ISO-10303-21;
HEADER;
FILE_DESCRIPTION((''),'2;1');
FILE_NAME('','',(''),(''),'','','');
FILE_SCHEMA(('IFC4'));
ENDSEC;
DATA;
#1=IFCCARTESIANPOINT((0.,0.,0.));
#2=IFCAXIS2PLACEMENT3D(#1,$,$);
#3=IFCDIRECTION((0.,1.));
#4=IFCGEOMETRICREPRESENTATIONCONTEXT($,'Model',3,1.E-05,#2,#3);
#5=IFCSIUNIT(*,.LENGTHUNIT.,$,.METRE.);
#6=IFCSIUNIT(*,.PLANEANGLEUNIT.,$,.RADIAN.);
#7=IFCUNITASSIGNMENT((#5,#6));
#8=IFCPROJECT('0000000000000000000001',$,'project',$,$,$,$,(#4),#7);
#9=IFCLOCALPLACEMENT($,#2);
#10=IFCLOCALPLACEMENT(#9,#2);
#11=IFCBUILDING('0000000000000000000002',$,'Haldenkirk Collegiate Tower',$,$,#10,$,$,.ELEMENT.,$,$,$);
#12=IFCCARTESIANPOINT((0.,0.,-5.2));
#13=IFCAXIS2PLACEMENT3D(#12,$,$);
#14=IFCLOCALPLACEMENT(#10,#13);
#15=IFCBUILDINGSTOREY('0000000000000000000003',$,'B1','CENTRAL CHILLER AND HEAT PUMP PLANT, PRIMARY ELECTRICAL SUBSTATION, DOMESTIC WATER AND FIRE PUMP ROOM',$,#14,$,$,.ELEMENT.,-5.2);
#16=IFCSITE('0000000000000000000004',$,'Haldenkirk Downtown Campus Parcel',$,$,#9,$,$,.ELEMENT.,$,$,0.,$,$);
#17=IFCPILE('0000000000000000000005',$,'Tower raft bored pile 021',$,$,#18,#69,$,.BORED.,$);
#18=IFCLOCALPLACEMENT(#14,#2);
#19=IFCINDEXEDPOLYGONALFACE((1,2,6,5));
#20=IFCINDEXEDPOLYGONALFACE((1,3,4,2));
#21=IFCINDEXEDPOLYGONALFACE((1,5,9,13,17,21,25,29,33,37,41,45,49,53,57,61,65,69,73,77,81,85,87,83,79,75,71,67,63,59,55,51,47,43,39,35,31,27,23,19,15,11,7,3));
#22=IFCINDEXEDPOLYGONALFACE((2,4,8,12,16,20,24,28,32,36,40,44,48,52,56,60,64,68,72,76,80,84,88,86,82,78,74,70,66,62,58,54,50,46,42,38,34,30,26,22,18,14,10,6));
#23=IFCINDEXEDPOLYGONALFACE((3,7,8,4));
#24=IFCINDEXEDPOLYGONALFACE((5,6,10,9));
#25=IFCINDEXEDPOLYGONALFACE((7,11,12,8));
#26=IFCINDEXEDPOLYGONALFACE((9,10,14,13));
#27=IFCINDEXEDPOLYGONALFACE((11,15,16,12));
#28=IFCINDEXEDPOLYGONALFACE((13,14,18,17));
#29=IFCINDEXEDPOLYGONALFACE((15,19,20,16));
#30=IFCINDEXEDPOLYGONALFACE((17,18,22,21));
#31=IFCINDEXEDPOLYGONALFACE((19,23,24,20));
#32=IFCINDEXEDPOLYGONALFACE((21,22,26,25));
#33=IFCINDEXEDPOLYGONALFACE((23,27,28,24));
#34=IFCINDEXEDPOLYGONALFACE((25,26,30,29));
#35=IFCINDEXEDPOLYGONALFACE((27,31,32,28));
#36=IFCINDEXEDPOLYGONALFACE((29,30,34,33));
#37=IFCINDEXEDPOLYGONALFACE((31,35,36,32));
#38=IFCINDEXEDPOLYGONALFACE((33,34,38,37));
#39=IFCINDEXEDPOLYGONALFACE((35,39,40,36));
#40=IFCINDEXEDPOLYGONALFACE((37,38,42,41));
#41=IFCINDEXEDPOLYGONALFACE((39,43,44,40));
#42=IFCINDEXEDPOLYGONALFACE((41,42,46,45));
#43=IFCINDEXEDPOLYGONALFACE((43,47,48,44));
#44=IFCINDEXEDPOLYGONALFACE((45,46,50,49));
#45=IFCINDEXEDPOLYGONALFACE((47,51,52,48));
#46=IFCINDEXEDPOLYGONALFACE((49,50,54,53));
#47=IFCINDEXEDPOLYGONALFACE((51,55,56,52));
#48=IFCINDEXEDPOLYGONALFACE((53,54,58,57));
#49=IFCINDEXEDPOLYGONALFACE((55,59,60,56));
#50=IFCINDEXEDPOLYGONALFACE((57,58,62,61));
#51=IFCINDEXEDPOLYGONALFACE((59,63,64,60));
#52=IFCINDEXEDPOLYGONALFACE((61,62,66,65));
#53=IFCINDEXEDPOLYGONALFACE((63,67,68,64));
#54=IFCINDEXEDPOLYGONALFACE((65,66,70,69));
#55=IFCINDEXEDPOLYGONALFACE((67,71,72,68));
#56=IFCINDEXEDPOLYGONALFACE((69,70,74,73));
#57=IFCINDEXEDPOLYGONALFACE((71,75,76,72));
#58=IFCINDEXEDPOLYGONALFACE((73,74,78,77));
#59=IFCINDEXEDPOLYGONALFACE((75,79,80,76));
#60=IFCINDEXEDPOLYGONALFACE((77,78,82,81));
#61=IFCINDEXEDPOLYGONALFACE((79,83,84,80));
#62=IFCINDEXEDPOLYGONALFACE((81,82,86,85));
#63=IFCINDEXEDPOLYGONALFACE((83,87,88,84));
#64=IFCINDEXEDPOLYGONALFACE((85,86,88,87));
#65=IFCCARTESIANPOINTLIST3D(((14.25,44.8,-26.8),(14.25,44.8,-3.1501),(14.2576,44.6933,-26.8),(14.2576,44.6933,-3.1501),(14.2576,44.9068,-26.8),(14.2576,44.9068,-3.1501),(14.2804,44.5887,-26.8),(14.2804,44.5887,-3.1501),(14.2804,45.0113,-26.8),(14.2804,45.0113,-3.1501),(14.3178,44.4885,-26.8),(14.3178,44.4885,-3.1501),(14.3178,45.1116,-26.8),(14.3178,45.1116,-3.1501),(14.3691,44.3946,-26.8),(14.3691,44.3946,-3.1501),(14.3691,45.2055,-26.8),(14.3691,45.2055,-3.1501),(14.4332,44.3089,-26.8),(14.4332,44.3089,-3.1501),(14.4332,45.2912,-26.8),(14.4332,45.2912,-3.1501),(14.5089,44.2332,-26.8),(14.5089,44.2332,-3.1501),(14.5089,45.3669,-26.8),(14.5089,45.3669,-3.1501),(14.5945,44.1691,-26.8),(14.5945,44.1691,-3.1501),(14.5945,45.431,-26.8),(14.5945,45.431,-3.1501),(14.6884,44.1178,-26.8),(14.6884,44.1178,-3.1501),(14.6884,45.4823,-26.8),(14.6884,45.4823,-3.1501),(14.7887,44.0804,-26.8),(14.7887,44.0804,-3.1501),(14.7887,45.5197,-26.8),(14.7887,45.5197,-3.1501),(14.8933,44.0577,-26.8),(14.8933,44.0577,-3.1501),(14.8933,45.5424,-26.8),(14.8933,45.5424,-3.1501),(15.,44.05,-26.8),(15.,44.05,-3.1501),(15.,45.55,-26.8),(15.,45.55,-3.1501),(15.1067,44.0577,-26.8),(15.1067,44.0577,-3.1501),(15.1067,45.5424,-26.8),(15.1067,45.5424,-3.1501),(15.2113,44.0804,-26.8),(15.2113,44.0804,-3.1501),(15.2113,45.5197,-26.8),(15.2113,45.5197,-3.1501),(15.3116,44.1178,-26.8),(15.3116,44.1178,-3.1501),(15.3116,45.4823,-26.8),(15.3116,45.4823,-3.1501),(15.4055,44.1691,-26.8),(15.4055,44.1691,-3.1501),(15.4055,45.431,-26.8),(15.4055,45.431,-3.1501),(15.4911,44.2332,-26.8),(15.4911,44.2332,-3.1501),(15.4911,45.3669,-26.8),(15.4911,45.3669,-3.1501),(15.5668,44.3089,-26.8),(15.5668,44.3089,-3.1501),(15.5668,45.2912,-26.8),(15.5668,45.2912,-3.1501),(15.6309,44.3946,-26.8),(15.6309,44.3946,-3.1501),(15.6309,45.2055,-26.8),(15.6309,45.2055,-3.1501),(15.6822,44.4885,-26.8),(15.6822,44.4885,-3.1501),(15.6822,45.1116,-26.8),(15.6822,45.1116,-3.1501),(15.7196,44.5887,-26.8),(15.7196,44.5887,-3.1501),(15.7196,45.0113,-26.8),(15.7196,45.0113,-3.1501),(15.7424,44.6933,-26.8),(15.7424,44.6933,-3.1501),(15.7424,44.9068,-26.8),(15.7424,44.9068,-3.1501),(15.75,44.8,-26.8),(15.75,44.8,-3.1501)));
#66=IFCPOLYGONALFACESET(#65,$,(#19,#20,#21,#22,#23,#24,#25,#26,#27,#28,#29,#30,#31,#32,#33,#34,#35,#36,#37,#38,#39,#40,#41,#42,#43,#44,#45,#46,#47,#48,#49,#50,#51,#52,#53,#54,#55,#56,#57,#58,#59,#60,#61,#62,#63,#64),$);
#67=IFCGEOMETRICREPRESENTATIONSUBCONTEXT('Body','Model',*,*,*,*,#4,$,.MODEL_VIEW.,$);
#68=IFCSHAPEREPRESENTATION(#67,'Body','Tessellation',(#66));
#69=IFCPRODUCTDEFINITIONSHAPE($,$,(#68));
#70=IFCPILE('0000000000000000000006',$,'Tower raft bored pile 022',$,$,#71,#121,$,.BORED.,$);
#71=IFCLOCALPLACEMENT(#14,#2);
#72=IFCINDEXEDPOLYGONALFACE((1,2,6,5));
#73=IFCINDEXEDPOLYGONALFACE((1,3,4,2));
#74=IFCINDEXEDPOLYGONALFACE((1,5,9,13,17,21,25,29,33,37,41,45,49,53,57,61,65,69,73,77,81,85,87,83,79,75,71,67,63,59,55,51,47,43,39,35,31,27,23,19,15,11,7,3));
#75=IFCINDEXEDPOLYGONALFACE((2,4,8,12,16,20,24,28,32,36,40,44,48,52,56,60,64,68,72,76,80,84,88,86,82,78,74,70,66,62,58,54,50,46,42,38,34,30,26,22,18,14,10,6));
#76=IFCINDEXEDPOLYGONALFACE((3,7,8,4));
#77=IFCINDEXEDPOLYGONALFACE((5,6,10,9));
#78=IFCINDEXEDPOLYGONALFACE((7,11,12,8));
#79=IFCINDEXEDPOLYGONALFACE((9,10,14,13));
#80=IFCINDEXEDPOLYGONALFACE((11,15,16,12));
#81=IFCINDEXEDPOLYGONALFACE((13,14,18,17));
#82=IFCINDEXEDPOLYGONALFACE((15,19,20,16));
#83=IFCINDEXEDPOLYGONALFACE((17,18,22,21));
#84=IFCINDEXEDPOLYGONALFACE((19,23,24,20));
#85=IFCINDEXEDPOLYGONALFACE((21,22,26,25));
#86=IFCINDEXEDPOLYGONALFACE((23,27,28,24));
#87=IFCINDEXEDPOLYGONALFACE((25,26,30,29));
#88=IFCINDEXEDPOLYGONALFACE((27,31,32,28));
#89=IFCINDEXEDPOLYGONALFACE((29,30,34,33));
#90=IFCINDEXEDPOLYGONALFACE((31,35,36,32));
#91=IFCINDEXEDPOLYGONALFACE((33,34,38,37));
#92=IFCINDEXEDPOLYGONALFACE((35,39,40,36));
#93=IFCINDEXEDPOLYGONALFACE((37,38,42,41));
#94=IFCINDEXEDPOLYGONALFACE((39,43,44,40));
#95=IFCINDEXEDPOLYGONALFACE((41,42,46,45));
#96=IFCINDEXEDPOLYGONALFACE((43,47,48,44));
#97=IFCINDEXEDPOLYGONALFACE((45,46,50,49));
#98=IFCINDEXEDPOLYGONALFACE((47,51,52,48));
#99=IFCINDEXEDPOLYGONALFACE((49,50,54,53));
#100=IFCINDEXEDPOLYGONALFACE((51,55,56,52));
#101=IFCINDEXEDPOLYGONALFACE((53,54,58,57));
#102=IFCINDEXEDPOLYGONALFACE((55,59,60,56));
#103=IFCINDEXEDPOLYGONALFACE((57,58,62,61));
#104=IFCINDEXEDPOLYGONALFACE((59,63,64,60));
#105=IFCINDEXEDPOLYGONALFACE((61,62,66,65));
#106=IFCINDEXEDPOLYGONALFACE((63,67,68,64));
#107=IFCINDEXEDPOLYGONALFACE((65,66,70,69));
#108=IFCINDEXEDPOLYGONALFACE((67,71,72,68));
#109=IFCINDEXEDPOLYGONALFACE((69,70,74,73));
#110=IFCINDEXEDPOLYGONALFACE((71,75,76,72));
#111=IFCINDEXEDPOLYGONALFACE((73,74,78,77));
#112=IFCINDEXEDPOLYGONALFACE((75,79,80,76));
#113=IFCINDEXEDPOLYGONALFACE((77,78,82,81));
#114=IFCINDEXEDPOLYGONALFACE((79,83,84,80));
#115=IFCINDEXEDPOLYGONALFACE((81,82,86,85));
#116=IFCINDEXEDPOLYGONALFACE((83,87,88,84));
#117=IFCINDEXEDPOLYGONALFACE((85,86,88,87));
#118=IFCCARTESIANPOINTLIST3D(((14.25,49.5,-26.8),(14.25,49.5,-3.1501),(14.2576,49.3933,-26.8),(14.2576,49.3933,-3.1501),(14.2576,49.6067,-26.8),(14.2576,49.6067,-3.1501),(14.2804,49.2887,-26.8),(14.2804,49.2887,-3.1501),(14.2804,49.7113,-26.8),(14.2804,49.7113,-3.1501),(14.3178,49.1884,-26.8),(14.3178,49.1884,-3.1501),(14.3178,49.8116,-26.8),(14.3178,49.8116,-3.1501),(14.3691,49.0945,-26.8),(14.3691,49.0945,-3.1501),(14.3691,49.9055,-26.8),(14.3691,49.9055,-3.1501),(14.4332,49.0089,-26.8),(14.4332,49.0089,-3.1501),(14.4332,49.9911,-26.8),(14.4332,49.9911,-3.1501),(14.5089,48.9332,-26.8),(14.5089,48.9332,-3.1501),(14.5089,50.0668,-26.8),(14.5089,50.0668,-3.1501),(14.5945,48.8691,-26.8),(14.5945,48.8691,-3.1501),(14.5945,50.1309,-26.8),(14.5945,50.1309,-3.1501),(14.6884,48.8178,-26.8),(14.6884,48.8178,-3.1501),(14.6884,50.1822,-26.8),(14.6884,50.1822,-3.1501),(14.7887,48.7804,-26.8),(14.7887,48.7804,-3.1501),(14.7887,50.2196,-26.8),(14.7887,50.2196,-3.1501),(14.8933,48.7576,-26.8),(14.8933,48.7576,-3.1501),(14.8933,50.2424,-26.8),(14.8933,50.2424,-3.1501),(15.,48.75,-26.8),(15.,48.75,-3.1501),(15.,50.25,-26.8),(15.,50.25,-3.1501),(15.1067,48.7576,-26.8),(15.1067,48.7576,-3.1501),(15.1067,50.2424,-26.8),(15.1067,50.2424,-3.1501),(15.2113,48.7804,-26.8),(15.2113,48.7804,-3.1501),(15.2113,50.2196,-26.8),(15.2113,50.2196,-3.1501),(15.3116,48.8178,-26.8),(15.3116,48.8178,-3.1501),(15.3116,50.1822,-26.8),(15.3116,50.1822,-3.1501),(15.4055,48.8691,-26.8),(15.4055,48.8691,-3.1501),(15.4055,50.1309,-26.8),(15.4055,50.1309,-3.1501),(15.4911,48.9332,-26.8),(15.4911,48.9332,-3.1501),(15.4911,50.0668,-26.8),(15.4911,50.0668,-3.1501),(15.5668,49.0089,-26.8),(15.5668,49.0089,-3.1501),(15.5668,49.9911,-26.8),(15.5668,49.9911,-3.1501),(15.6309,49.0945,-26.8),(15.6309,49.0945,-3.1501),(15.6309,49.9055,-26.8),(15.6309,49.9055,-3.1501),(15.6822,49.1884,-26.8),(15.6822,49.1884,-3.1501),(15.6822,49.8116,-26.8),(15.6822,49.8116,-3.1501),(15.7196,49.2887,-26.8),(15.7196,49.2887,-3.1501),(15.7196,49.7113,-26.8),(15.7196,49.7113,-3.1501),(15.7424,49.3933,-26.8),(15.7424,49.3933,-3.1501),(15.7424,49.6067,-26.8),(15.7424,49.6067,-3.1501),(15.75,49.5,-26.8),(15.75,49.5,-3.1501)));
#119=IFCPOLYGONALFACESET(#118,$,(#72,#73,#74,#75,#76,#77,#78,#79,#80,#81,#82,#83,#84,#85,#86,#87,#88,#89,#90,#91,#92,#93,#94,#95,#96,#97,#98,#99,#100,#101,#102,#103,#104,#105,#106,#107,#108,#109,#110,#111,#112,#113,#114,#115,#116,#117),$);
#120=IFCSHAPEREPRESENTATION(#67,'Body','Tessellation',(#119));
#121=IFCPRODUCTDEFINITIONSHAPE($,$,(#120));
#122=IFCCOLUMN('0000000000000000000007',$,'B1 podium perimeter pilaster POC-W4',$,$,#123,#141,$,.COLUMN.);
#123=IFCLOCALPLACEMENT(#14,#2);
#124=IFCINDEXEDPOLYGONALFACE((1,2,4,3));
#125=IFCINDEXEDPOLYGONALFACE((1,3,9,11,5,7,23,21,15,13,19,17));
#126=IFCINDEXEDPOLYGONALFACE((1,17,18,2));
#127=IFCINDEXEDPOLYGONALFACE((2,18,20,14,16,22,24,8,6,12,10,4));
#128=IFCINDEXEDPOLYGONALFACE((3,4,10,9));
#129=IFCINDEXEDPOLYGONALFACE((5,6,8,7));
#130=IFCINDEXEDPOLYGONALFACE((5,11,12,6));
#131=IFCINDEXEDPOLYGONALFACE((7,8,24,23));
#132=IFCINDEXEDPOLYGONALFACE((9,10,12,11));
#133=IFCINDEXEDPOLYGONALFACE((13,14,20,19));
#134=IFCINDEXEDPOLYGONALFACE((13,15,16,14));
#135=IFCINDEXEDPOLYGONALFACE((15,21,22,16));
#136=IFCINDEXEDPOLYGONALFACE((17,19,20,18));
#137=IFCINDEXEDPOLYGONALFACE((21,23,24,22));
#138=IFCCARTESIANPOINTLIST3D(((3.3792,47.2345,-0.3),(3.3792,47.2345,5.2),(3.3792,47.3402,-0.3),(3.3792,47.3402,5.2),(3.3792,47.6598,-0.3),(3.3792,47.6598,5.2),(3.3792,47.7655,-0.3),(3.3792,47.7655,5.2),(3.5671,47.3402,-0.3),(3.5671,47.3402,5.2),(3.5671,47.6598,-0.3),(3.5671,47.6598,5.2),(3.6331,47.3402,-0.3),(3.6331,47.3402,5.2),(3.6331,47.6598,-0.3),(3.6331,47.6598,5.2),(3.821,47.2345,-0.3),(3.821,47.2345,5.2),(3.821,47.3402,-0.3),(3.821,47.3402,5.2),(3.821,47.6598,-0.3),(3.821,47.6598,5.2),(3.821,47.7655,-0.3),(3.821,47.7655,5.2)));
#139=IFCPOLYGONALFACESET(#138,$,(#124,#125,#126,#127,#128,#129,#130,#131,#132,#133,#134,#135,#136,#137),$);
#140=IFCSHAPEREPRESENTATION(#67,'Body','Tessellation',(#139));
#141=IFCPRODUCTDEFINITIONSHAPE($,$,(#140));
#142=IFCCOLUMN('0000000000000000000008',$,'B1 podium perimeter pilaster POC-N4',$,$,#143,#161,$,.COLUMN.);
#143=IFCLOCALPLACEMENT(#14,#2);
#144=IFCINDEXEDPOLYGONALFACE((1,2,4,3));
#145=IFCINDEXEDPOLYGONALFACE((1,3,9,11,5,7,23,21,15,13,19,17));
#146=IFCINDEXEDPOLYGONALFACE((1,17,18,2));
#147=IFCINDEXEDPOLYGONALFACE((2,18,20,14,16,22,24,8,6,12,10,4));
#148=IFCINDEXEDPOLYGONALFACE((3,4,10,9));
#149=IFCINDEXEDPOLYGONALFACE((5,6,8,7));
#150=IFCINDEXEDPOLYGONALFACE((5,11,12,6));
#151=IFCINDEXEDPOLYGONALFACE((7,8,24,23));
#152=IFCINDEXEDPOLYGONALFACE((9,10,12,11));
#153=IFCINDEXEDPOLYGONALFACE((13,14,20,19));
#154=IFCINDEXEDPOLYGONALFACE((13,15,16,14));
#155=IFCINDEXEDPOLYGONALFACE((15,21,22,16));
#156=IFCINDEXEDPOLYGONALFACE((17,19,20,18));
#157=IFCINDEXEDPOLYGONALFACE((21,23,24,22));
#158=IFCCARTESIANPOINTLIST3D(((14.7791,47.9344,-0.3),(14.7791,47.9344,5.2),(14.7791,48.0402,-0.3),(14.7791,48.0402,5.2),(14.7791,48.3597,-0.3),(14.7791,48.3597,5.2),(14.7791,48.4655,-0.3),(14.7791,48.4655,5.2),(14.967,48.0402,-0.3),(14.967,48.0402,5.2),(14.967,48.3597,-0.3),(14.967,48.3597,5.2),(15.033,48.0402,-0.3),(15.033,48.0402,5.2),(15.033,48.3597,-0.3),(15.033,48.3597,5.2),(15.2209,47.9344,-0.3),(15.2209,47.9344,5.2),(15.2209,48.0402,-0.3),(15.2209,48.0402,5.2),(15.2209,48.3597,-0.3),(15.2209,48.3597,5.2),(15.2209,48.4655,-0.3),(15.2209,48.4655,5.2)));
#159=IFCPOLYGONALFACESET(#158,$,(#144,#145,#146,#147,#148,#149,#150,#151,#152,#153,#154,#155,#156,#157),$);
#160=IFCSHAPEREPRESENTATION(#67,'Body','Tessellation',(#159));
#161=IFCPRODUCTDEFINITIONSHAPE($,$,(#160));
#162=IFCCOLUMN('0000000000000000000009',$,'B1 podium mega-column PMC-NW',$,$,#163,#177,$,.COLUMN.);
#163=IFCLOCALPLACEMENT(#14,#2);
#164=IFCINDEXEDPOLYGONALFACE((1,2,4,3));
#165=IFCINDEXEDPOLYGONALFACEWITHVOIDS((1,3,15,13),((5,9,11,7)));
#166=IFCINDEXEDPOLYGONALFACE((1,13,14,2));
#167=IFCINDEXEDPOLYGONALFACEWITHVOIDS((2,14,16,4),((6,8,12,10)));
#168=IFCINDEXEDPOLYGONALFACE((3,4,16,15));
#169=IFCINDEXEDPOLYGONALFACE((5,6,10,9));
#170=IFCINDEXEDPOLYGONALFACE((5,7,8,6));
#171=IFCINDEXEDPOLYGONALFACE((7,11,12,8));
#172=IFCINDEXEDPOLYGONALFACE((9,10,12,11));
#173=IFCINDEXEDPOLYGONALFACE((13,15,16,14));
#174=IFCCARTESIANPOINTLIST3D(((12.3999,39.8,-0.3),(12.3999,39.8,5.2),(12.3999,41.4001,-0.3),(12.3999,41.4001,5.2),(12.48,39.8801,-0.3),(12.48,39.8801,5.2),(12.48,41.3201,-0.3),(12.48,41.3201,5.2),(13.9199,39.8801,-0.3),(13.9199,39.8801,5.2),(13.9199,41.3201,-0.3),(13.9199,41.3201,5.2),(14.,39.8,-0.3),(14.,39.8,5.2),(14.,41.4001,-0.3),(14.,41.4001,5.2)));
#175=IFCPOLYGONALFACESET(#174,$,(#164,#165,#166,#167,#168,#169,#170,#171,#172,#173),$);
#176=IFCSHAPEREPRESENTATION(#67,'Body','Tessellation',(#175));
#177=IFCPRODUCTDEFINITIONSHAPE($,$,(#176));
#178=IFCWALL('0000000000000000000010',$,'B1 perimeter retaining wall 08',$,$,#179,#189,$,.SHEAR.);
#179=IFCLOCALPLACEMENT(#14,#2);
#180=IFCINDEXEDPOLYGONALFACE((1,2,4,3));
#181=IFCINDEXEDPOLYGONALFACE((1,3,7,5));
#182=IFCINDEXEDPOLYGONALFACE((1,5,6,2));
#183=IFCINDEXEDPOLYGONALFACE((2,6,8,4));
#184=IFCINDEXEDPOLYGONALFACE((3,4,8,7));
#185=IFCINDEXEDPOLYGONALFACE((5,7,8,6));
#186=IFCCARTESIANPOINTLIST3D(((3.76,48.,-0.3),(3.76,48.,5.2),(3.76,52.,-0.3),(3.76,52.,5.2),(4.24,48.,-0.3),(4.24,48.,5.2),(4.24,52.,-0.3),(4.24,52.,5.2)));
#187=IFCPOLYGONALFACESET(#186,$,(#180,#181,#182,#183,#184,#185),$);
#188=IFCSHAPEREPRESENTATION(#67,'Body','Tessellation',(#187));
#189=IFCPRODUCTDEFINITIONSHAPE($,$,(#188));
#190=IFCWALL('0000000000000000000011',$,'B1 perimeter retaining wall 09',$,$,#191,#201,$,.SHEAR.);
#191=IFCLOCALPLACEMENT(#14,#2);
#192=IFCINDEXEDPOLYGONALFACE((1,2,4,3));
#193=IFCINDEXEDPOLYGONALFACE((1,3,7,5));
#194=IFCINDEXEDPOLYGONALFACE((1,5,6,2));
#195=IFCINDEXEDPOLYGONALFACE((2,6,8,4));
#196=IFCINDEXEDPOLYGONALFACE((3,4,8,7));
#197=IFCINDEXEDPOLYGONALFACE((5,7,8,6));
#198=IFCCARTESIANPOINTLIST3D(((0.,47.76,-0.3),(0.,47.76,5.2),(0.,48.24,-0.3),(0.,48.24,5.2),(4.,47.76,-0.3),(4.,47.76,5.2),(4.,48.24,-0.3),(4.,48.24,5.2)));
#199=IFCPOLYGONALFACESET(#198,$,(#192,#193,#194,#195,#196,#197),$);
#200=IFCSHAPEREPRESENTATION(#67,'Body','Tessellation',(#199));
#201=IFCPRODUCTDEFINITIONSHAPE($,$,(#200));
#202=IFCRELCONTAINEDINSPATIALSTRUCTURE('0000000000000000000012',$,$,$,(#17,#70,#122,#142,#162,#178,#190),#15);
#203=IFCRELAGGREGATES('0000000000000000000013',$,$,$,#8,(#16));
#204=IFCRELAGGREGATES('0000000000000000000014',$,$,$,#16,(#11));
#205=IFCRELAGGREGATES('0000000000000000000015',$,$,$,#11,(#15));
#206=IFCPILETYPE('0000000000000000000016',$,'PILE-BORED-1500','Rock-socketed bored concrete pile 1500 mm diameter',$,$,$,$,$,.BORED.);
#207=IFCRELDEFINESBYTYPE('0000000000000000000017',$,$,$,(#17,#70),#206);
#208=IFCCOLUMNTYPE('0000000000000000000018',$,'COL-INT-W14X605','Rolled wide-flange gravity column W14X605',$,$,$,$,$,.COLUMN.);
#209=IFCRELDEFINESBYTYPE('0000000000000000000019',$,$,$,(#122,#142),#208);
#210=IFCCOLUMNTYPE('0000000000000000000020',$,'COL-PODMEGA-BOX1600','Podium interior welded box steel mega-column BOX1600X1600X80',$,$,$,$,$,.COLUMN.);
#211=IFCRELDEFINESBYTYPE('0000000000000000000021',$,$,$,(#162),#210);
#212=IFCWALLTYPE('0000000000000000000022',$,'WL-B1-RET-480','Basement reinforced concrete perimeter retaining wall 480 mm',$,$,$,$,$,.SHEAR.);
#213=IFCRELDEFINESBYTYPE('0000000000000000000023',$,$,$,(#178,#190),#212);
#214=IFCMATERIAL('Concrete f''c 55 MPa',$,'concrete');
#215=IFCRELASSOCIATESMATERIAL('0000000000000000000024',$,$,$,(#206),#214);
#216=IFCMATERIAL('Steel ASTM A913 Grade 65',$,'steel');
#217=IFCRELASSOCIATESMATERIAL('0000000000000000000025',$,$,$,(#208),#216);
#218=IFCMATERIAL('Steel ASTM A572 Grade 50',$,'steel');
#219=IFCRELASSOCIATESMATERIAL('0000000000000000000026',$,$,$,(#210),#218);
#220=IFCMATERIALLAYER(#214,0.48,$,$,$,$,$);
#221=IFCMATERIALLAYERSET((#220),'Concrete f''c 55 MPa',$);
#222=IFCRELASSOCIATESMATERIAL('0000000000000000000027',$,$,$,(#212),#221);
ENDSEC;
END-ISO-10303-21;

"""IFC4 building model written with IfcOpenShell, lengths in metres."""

from ifc_helpers import new_model, si_unit, direction, frame, frame_2d, origin, origin_2d, place, context, subcontext, project, spatial, rectangle, hollow_rectangle, circle, i_section, extrude, material, layer, layer_set, material_profile, profile_set, type_object, element, save


model = new_model("IFC4")

# Units and contexts
model_context = context("Model", 3, precision=1e-05, world=origin(), true_north=direction((0.0, 1.0)))
body_context = subcontext(model_context, "Body", "Model", "MODEL_VIEW")
ifc_project = project(units=[si_unit("LENGTHUNIT", "METRE"), si_unit("PLANEANGLEUNIT", "RADIAN")], contexts=[model_context])

# Site, building, storey
site_placement = place(None, origin())
site = spatial("IfcSite", under=ifc_project, at=site_placement, Name="Haldenkirk Downtown Campus Parcel", CompositionType="ELEMENT", RefElevation=0.0)
building_placement = place(site_placement, origin())
building = spatial("IfcBuilding", under=site, at=building_placement, Name="Haldenkirk Collegiate Tower", CompositionType="ELEMENT")
storey_placement = place(building_placement, frame((0.0, 0.0, -5.2)))
storey = spatial("IfcBuildingStorey", under=building, at=storey_placement, Name="B1", Description="CENTRAL CHILLER AND HEAT PUMP PLANT, PRIMARY ELECTRICAL SUBSTATION, DOMESTIC WATER AND FIRE PUMP ROOM", CompositionType="ELEMENT", Elevation=-5.2)

# Shared definitions
ifc_material_1 = material(Name="Concrete f'c 55 MPa", Category="concrete")

# Piles
ifc_material_profile_1 = material_profile(ifc_material_1, circle(Radius=0.75, at=origin_2d()), Name="PILE1500")
ifc_profile_set_1 = profile_set([ifc_material_profile_1], Name="Concrete f'c 55 MPa")
pile_type_1 = type_object("IfcPileType", Name="PILE-BORED-1500", Description="Rock-socketed bored concrete pile 1500 mm diameter", PredefinedType="BORED", material=ifc_profile_set_1)
for number, where, z_axis, x_axis, name in (
    (1, (15.0, 44.8, -3.1501), (0.0, 0.0, -1.0), (1.0, 0.0, 0.0), "Tower raft bored pile 021"),
    (2, (15.0, 49.5, -3.1501), (0.0, 0.0, -1.0), (1.0, 0.0, 0.0), "Tower raft bored pile 022"),
):
    element("IfcPile", number, at=place(storey_placement, frame(where, z_axis=z_axis, x_axis=x_axis)), inside=storey, type_object=pile_type_1, Name=name, PredefinedType="BORED", context=body_context, shape_type="SweptSolid", body=[
        extrude(circle(Radius=0.75, at=origin_2d()), origin(), (0.0, 0.0, 1.0), 23.6499),
    ])

# Columns
ifc_material_2 = material(Name="Steel ASTM A913 Grade 65", Category="steel")
ifc_material_profile_2 = material_profile(ifc_material_2, i_section(OverallWidth=0.4419, OverallDepth=0.531, WebThickness=0.0659, FlangeThickness=0.1057, at=origin_2d()), Name="W14X605")
ifc_profile_set_2 = profile_set([ifc_material_profile_2], Name="Steel ASTM A913 Grade 65")
column_type_1 = type_object("IfcColumnType", Name="COL-INT-W14X605", Description="Rolled wide-flange gravity column W14X605", PredefinedType="COLUMN", material=ifc_profile_set_2)
for number, where, z_axis, x_axis, name in (
    (3, (3.6001, 47.5, -0.3), (0.0, 0.0, 1.0), (1.0, 0.0, 0.0), "B1 podium perimeter pilaster POC-W4"),
    (4, (15.0, 48.2, -0.3), (0.0, 0.0, 1.0), (1.0, 0.0, 0.0), "B1 podium perimeter pilaster POC-N4"),
):
    element("IfcColumn", number, at=place(storey_placement, frame(where, z_axis=z_axis, x_axis=x_axis)), inside=storey, type_object=column_type_1, Name=name, PredefinedType="COLUMN", context=body_context, shape_type="SweptSolid", body=[
        extrude(i_section(OverallWidth=0.4419, OverallDepth=0.531, WebThickness=0.0659, FlangeThickness=0.1057, at=origin_2d()), origin(), (0.0, 0.0, 1.0), 5.5),
    ])
ifc_material_3 = material(Name="Steel ASTM A572 Grade 50", Category="steel")
ifc_material_profile_3 = material_profile(ifc_material_3, hollow_rectangle(XDim=1.6001, YDim=1.6001, WallThickness=0.0801, at=origin_2d()), Name="BOX1600X1600X80")
ifc_profile_set_3 = profile_set([ifc_material_profile_3], Name="Steel ASTM A572 Grade 50")
column_type_2 = type_object("IfcColumnType", Name="COL-PODMEGA-BOX1600", Description="Podium interior welded box steel mega-column BOX1600X1600X80", PredefinedType="COLUMN", material=ifc_profile_set_3)
column_placement = place(storey_placement, frame((13.2, 40.6001, -0.3), z_axis=(0.0, 0.0, 1.0), x_axis=(1.0, 0.0, 0.0)))
element("IfcColumn", 5, at=column_placement, inside=storey, type_object=column_type_2, Name="B1 podium mega-column PMC-NW", PredefinedType="COLUMN", context=body_context, shape_type="SweptSolid", body=[
    extrude(hollow_rectangle(XDim=1.6001, YDim=1.6001, WallThickness=0.0801, at=origin_2d()), origin(), (0.0, 0.0, 1.0), 5.5),
])

# Walls
ifc_layer_1 = layer(ifc_material_1, 0.48)
ifc_layer_set_1 = layer_set([ifc_layer_1], Name="Concrete f'c 55 MPa")
wall_type_1 = type_object("IfcWallType", Name="WL-B1-RET-480", Description="Basement reinforced concrete perimeter retaining wall 480 mm", PredefinedType="SHEAR", material=ifc_layer_set_1)
for number, where, z_axis, x_axis, name in (
    (6, (4.0, 52.0, -0.3), (0.0, 0.0, 1.0), (0.0, -1.0, 0.0), "B1 perimeter retaining wall 08"),
    (7, (4.0, 48.0, -0.3), (0.0, 0.0, 1.0), (-1.0, 0.0, 0.0), "B1 perimeter retaining wall 09"),
):
    element("IfcWall", number, at=place(storey_placement, frame(where, z_axis=z_axis, x_axis=x_axis)), inside=storey, type_object=wall_type_1, Name=name, PredefinedType="SHEAR", context=body_context, shape_type="SweptSolid", body=[
        extrude(rectangle(XDim=4.0, YDim=0.48, at=frame_2d((2.0, 0.0))), origin(), (0.0, 0.0, 1.0), 5.5),
    ])

save(model, "model.ifc")
